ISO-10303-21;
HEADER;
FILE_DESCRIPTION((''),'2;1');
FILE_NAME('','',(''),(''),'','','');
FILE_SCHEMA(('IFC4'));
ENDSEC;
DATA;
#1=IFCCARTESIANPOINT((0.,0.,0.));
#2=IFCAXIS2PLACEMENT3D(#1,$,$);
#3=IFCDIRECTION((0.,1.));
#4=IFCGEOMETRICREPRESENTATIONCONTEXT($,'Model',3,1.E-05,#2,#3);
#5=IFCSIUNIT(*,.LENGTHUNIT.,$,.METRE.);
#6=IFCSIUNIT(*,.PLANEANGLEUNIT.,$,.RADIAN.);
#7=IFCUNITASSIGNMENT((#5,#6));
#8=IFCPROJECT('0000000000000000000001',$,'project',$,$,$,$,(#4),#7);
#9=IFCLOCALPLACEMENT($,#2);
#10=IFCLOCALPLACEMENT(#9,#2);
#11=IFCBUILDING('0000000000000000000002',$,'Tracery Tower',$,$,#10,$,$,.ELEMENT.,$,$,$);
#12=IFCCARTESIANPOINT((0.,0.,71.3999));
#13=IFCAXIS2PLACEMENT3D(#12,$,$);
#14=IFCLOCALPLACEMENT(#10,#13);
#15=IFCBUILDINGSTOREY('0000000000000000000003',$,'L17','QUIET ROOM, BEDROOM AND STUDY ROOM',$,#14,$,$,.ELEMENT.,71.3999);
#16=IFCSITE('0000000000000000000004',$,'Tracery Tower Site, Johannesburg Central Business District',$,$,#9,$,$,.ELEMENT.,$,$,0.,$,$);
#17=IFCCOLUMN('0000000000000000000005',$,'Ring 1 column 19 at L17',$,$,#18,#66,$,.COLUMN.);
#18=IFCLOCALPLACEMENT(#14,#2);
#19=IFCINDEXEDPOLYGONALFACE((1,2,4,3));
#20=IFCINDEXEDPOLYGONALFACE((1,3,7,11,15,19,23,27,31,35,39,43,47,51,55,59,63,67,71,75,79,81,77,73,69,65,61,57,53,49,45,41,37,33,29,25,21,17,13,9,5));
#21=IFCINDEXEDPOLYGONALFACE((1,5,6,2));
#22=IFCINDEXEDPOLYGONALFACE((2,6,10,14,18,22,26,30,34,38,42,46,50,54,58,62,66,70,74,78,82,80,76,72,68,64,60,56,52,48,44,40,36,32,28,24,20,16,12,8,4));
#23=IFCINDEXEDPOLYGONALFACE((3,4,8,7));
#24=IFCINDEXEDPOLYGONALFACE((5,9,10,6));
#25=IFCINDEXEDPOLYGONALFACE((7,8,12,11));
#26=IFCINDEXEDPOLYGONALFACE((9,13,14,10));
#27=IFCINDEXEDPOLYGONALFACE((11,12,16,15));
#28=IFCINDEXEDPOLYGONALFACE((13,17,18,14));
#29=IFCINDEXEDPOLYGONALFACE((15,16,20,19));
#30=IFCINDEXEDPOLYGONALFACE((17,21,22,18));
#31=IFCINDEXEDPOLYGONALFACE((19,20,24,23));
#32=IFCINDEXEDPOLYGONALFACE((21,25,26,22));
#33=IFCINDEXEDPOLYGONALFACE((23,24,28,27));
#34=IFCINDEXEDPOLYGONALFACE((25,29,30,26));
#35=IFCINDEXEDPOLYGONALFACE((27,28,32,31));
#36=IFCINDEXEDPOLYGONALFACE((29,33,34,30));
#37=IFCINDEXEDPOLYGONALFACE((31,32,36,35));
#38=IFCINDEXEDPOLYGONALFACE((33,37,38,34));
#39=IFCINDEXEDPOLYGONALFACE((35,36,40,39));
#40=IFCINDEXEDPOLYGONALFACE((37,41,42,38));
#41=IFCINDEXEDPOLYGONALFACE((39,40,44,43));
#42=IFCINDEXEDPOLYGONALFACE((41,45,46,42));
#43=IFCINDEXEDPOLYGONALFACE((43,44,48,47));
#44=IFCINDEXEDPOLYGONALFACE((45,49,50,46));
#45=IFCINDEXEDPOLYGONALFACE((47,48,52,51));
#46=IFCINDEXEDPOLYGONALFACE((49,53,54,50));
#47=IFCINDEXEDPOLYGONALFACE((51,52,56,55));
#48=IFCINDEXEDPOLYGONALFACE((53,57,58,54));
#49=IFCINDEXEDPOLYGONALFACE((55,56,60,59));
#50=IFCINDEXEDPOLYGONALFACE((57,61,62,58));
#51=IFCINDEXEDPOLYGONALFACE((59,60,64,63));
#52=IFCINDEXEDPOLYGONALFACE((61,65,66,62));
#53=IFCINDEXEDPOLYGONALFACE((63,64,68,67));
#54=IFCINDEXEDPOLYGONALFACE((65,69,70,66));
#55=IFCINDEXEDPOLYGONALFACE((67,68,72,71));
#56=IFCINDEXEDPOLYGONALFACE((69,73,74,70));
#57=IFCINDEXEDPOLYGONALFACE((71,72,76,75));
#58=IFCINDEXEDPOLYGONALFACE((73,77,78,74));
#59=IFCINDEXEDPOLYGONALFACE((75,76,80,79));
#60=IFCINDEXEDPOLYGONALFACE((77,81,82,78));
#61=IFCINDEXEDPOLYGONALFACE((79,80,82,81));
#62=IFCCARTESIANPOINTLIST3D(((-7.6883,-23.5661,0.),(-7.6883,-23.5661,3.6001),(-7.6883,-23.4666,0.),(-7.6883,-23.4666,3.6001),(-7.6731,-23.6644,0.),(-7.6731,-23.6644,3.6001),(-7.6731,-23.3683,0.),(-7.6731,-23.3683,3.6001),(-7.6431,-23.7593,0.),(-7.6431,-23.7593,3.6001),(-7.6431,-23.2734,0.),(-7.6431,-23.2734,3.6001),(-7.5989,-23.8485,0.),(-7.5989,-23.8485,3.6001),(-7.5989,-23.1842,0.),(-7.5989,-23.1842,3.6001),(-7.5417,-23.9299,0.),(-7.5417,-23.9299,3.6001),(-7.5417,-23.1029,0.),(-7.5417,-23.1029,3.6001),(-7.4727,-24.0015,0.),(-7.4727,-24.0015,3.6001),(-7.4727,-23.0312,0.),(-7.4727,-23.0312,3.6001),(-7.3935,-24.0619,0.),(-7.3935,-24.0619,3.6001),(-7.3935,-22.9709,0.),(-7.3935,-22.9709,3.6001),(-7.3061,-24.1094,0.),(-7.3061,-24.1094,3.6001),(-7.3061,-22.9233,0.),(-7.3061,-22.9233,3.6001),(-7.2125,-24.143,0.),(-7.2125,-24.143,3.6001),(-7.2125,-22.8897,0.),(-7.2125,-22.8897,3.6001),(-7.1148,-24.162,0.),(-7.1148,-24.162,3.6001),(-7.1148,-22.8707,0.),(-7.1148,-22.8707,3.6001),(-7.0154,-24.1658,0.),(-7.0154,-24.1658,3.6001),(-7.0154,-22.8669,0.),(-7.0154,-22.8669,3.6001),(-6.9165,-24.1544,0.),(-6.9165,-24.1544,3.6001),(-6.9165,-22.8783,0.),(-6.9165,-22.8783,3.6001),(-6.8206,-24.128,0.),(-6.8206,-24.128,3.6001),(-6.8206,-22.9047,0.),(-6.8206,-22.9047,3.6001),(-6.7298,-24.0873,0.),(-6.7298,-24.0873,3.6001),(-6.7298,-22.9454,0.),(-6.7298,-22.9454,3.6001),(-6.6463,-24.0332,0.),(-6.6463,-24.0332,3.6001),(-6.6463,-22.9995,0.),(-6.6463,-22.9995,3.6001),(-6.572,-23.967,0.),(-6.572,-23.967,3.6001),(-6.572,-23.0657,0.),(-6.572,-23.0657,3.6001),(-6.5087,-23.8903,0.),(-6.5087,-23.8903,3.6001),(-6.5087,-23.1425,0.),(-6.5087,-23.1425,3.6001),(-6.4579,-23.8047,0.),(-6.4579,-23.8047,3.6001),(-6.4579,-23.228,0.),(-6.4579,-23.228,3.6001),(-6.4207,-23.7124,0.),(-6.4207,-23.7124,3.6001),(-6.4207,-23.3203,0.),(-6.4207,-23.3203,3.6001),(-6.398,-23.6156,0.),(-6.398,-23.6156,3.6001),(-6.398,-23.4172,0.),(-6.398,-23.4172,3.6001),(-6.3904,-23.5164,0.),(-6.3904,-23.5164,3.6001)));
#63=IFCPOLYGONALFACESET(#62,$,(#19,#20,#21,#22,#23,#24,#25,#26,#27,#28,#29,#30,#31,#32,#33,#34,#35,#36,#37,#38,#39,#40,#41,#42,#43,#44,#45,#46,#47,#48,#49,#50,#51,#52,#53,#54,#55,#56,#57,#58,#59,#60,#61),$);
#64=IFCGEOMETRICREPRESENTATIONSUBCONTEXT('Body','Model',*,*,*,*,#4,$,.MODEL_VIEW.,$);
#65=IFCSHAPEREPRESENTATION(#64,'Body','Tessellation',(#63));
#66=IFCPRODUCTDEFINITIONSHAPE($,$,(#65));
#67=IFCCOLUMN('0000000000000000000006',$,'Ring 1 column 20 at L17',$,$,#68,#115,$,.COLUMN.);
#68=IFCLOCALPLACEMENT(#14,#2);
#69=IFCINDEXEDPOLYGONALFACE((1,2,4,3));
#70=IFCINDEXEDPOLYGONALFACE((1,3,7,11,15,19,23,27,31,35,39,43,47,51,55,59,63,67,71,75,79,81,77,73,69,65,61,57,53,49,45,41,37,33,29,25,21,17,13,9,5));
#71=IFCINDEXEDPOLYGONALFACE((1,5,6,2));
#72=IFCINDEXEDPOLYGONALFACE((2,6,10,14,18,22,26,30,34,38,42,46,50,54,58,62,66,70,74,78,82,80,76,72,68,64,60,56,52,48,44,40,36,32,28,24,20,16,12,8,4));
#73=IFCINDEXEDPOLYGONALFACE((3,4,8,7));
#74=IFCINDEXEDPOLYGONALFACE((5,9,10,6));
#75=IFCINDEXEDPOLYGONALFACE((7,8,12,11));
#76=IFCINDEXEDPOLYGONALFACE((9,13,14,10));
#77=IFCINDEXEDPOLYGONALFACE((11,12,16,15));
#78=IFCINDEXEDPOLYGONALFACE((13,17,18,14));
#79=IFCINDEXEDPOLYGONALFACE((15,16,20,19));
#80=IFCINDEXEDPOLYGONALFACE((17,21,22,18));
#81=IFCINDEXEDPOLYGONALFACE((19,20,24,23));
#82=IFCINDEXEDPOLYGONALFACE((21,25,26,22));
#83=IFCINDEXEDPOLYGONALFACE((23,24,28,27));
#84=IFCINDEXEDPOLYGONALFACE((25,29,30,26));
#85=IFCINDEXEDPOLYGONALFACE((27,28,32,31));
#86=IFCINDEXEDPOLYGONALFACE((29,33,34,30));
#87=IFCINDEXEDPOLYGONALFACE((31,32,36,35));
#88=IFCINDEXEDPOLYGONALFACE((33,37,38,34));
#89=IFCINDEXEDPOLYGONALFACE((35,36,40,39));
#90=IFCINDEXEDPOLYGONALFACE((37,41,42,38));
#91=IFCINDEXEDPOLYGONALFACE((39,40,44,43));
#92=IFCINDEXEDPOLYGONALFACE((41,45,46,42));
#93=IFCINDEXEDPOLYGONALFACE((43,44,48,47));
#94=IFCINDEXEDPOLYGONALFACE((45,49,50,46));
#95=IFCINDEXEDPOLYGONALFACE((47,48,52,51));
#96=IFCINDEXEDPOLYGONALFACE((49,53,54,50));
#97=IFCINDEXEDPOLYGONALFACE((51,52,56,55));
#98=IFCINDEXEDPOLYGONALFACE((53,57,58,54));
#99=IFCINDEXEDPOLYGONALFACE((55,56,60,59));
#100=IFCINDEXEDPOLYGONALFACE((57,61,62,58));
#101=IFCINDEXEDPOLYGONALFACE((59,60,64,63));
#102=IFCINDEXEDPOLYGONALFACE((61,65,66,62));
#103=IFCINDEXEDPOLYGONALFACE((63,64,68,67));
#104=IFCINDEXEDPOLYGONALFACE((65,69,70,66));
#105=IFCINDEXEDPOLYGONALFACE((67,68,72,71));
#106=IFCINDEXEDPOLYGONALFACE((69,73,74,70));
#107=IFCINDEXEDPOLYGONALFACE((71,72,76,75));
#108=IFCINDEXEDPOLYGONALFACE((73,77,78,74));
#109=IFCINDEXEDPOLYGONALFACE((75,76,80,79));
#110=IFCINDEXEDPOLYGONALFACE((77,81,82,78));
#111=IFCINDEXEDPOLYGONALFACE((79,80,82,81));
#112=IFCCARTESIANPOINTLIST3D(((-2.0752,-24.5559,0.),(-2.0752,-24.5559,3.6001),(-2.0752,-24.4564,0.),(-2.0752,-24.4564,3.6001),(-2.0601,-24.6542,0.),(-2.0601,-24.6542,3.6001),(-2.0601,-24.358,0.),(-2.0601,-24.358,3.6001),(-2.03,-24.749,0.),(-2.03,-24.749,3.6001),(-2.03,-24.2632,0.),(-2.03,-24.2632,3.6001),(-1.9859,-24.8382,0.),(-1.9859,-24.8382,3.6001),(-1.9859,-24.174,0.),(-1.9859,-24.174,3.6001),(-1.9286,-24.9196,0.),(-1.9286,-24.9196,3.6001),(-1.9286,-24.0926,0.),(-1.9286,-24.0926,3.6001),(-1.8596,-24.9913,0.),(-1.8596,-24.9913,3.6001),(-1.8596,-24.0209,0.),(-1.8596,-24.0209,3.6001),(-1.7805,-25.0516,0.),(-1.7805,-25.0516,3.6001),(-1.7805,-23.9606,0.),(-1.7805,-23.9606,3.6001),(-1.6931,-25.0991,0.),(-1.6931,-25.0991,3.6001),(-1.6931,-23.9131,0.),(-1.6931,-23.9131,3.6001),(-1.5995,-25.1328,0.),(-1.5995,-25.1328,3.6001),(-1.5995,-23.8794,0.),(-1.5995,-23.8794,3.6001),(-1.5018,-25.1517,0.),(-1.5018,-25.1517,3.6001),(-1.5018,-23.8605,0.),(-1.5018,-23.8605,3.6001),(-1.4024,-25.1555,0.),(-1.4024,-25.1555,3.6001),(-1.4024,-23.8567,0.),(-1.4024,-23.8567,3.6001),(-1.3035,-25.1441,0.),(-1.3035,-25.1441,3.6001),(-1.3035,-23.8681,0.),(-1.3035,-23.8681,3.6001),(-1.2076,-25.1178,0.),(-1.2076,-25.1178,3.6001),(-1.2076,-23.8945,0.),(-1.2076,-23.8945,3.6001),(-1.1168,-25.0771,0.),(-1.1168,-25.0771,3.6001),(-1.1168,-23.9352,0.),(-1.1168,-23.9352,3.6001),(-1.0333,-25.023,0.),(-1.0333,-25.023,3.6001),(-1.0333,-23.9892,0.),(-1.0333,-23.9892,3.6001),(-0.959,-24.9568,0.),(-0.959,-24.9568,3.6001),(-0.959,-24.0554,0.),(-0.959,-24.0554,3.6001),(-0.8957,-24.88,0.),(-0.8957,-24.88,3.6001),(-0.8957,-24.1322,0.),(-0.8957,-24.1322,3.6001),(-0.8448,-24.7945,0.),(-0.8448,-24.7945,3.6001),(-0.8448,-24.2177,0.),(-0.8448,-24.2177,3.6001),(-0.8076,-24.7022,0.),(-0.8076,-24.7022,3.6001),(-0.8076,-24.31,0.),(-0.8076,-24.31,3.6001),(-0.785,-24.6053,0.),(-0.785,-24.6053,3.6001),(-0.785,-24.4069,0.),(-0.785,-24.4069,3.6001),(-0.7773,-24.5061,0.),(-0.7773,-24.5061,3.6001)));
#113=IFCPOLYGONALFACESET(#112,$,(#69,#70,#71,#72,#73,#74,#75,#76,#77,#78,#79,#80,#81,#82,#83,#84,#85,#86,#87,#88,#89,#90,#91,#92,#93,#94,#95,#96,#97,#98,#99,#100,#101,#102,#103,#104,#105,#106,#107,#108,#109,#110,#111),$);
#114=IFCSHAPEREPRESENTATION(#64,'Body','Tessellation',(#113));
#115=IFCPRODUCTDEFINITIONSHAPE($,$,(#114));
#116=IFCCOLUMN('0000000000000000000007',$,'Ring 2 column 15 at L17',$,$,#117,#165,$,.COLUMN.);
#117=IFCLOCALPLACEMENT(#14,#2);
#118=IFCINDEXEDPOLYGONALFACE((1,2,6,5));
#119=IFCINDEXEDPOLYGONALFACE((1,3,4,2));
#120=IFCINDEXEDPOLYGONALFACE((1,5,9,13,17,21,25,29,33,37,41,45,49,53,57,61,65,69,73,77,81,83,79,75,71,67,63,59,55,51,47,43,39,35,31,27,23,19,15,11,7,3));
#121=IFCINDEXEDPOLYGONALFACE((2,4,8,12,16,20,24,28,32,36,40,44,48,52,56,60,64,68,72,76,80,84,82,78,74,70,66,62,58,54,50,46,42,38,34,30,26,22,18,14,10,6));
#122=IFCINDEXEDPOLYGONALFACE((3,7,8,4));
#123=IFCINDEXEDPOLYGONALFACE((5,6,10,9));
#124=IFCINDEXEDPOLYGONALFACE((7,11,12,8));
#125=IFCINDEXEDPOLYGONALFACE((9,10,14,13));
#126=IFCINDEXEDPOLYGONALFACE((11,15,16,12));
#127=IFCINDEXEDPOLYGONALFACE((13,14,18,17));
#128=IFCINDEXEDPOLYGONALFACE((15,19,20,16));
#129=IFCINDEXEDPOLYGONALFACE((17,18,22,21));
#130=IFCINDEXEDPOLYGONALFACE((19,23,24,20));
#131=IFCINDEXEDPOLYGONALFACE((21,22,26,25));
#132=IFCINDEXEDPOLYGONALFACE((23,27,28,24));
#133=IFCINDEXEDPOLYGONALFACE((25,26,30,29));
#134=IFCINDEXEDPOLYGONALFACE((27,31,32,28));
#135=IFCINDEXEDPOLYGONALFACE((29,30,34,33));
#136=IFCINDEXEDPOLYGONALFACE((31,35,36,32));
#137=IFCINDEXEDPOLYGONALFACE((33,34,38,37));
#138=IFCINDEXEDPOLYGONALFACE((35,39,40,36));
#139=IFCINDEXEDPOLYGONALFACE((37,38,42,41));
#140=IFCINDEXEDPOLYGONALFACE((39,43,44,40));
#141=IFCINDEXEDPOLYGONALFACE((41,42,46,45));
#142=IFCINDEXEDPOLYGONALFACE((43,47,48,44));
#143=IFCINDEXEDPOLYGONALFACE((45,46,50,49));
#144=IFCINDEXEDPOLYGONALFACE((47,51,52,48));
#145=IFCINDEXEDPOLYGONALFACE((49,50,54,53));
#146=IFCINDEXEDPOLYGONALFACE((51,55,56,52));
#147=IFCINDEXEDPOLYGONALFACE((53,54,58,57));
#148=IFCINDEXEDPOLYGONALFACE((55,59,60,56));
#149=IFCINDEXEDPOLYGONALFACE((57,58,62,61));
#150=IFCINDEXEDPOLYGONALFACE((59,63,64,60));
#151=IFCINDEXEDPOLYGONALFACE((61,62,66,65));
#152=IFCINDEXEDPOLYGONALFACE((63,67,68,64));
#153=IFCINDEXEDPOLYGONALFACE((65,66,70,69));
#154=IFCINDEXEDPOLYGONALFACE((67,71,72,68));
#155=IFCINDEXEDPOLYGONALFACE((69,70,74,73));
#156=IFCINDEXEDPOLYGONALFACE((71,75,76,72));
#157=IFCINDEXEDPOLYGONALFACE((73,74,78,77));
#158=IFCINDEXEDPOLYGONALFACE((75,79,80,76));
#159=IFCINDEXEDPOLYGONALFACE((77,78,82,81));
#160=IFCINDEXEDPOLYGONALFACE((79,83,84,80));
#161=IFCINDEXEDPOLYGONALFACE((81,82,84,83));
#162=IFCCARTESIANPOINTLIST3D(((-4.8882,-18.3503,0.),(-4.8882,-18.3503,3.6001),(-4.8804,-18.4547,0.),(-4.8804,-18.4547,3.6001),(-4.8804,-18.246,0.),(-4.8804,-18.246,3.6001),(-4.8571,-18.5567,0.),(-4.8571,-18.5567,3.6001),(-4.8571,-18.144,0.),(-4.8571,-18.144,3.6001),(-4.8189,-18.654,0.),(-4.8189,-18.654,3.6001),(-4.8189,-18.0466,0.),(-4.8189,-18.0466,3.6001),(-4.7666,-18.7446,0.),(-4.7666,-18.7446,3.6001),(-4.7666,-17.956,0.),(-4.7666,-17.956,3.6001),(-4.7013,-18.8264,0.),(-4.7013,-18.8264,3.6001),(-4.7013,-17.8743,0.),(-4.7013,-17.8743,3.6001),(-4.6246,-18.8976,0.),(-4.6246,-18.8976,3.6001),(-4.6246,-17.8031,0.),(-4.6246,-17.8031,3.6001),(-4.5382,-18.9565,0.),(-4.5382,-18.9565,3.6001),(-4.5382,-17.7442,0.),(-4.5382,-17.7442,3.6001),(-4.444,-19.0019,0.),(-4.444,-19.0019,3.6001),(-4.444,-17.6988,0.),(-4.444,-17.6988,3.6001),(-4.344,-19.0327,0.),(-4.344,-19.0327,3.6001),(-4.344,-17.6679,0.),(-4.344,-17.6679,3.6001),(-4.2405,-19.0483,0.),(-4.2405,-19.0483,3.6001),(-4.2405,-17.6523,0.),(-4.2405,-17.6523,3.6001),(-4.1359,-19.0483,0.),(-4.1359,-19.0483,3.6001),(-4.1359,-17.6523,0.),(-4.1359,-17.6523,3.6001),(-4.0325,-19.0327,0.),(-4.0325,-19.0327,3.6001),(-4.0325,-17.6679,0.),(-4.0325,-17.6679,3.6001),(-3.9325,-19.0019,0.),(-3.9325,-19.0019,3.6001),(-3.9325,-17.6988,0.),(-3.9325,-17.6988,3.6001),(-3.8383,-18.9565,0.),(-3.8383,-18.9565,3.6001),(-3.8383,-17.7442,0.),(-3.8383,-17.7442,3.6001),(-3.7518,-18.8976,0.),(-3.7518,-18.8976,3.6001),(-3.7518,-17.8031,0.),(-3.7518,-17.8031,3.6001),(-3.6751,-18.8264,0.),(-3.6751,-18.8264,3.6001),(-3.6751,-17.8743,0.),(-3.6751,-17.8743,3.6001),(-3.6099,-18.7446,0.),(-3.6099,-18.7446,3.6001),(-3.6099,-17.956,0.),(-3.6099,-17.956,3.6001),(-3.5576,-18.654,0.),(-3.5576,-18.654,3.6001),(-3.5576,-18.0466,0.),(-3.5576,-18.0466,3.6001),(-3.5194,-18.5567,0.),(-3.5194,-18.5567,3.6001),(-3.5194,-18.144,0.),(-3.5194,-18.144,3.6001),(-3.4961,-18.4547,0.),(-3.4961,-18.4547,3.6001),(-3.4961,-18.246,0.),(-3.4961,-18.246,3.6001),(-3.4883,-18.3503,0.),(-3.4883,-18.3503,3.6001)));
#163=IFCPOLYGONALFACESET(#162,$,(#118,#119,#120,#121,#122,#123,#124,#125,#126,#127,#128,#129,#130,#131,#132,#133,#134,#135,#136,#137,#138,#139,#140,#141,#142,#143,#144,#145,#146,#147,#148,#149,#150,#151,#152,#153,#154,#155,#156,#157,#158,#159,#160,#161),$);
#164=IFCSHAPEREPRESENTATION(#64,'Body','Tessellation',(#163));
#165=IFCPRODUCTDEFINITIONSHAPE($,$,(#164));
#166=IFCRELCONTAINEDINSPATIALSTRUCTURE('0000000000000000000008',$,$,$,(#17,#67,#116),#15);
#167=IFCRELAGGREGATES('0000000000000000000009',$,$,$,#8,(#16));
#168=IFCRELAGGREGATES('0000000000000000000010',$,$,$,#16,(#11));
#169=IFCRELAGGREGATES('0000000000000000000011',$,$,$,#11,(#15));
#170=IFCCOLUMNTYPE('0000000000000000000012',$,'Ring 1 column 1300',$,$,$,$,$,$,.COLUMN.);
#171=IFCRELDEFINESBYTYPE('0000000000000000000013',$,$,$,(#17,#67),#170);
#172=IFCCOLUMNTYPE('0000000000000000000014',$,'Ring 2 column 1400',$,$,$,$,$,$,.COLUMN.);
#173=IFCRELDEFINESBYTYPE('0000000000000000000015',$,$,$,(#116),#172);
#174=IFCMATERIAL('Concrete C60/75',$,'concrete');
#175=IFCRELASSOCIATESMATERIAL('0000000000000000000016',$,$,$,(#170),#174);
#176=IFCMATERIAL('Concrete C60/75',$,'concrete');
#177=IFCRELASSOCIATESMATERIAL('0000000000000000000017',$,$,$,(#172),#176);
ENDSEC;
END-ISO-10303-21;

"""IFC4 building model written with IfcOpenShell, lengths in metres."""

from ifc_helpers import new_model, si_unit, direction, frame, origin, origin_2d, place, context, subcontext, project, spatial, circle, extrude, material, material_profile, profile_set, type_object, element, save


model = new_model("IFC4")

# Units and contexts
model_context = context("Model", 3, precision=1e-05, world=origin(), true_north=direction((0.0, 1.0)))
body_context = subcontext(model_context, "Body", "Model", "MODEL_VIEW")
ifc_project = project(units=[si_unit("LENGTHUNIT", "METRE"), si_unit("PLANEANGLEUNIT", "RADIAN")], contexts=[model_context])

# Site, building, storey
site_placement = place(None, origin())
site = spatial("IfcSite", under=ifc_project, at=site_placement, Name="Tracery Tower Site, Johannesburg Central Business District", CompositionType="ELEMENT", RefElevation=0.0)
building_placement = place(site_placement, origin())
building = spatial("IfcBuilding", under=site, at=building_placement, Name="Tracery Tower", CompositionType="ELEMENT")
storey_placement = place(building_placement, frame((0.0, 0.0, 71.3999)))
storey = spatial("IfcBuildingStorey", under=building, at=storey_placement, Name="L17", Description="QUIET ROOM, BEDROOM AND STUDY ROOM", CompositionType="ELEMENT", Elevation=71.3999)

# Columns
ifc_material_1 = material(Name="Concrete C60/75", Category="concrete")
ifc_material_profile_1 = material_profile(ifc_material_1, circle(Radius=0.6499, at=origin_2d()), Name="RC D1300")
ifc_profile_set_1 = profile_set([ifc_material_profile_1], Name="Concrete C60/75")
column_type_1 = type_object("IfcColumnType", Name="Ring 1 column 1300", PredefinedType="COLUMN", material=ifc_profile_set_1)
for number, where, z_axis, x_axis, name in (
    (1, (-7.0403, -23.5164, 0.0), (0.0, 0.0, 1.0), (1.0, 0.0, 0.0), "Ring 1 column 19 at L17"),
    (2, (-1.4272, -24.5061, 0.0), (0.0, 0.0, 1.0), (1.0, 0.0, 0.0), "Ring 1 column 20 at L17"),
):
    element("IfcColumn", number, at=place(storey_placement, frame(where, z_axis=z_axis, x_axis=x_axis)), inside=storey, type_object=column_type_1, Name=name, PredefinedType="COLUMN", context=body_context, shape_type="SweptSolid", body=[
        extrude(circle(Radius=0.6499, at=origin_2d()), origin(), (0.0, 0.0, 1.0), 3.6001),
    ])
ifc_material_2 = material(Name="Concrete C60/75", Category="concrete")
ifc_material_profile_2 = material_profile(ifc_material_2, circle(Radius=0.7, at=origin_2d()), Name="RC D1400")
ifc_profile_set_2 = profile_set([ifc_material_profile_2], Name="Concrete C60/75")
column_type_2 = type_object("IfcColumnType", Name="Ring 2 column 1400", PredefinedType="COLUMN", material=ifc_profile_set_2)
for number, where, z_axis, x_axis, name in (
    (3, (-4.1882, -18.3503, 0.0), (0.0, 0.0, 1.0), (1.0, 0.0, 0.0), "Ring 2 column 15 at L17"),
):
    element("IfcColumn", number, at=place(storey_placement, frame(where, z_axis=z_axis, x_axis=x_axis)), inside=storey, type_object=column_type_2, Name=name, PredefinedType="COLUMN", context=body_context, shape_type="SweptSolid", body=[
        extrude(circle(Radius=0.7, at=origin_2d()), origin(), (0.0, 0.0, 1.0), 3.6001),
    ])

save(model, "model.ifc")
